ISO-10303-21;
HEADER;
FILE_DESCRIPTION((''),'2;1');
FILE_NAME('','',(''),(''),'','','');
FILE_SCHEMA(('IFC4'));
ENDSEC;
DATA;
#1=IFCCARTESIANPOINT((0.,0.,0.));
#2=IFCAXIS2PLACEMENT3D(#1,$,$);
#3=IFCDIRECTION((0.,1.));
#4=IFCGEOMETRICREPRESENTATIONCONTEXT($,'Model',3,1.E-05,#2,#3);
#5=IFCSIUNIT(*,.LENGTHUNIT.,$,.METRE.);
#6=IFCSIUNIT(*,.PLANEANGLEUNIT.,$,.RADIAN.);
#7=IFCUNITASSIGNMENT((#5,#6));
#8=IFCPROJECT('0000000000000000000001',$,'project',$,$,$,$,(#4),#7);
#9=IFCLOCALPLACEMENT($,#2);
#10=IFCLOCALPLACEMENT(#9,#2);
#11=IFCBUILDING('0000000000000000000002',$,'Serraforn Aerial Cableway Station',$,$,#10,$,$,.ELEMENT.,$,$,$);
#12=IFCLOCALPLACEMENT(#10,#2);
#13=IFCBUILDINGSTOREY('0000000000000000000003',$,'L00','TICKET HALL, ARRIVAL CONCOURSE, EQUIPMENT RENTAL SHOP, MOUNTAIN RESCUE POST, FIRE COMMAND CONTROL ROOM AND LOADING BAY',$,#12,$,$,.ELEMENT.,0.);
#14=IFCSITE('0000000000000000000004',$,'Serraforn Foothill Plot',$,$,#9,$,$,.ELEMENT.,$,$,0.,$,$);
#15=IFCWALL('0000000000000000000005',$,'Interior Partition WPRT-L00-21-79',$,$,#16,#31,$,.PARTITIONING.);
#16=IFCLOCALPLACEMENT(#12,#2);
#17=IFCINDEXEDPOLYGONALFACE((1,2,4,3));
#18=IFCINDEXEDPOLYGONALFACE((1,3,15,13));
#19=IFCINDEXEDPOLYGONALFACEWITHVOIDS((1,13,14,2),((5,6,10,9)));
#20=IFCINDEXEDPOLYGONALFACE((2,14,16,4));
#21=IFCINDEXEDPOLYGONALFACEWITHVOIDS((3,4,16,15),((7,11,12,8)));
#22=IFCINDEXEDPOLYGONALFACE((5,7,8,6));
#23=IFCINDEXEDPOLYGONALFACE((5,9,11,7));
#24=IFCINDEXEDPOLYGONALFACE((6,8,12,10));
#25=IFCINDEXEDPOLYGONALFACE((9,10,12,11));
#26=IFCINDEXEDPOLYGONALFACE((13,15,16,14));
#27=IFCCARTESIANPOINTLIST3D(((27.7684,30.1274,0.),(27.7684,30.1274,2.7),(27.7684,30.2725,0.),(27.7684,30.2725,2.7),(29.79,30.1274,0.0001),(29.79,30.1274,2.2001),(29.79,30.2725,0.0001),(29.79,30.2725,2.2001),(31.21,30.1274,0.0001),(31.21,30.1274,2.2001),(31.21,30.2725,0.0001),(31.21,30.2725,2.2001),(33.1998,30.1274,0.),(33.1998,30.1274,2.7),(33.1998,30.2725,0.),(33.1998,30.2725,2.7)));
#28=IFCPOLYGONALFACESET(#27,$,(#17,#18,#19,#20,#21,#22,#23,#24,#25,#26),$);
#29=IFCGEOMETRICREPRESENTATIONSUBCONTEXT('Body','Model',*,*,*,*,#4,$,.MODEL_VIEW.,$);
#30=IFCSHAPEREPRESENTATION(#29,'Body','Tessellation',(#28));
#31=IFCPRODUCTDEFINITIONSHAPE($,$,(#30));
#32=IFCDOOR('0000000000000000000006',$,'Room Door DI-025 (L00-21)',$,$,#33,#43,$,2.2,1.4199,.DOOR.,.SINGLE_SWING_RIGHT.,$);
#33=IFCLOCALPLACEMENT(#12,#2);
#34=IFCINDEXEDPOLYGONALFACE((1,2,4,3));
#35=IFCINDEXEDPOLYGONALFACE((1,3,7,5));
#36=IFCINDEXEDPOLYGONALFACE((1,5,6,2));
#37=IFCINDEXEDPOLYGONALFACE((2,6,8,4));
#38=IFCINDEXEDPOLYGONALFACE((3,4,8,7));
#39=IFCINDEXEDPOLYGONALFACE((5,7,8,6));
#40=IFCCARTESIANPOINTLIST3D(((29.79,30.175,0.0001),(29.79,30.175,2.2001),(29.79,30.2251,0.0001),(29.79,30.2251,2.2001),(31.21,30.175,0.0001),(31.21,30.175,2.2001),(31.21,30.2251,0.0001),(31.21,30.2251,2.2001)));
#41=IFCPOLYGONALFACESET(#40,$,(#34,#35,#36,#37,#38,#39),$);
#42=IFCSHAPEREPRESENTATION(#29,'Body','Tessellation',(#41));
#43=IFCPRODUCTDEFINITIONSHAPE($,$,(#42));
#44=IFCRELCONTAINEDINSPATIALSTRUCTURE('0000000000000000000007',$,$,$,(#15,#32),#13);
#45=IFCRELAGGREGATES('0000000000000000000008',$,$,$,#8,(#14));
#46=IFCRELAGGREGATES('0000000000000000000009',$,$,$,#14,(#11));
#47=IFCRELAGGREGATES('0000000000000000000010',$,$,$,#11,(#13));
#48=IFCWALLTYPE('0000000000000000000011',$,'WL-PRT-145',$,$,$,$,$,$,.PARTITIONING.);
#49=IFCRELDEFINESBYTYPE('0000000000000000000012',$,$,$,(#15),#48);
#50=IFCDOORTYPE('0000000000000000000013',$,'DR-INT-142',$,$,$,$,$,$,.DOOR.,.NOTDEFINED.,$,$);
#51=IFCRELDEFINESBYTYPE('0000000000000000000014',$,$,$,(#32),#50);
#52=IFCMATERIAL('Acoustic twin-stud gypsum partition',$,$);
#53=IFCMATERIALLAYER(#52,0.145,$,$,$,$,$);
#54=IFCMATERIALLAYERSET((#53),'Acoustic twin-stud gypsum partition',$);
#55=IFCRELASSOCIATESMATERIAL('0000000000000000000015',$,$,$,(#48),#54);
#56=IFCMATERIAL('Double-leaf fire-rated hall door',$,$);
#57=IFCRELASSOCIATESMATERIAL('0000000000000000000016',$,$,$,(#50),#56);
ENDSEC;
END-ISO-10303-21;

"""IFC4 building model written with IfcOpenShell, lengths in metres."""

from ifc_helpers import new_model, si_unit, direction, frame, frame_2d, origin, place, context, subcontext, project, spatial, rectangle, extrude, material, layer, layer_set, type_object, element, fill, save


model = new_model("IFC4")

# Units and contexts
model_context = context("Model", 3, precision=1e-05, world=origin(), true_north=direction((0.0, 1.0)))
body_context = subcontext(model_context, "Body", "Model", "MODEL_VIEW")
ifc_project = project(units=[si_unit("LENGTHUNIT", "METRE"), si_unit("PLANEANGLEUNIT", "RADIAN")], contexts=[model_context])

# Site, building, storey
site_placement = place(None, origin())
site = spatial("IfcSite", under=ifc_project, at=site_placement, Name="Serraforn Foothill Plot", CompositionType="ELEMENT", RefElevation=0.0)
building_placement = place(site_placement, origin())
building = spatial("IfcBuilding", under=site, at=building_placement, Name="Serraforn Aerial Cableway Station", CompositionType="ELEMENT")
storey_placement = place(building_placement, origin())
storey = spatial("IfcBuildingStorey", under=building, at=storey_placement, Name="L00", Description="TICKET HALL, ARRIVAL CONCOURSE, EQUIPMENT RENTAL SHOP, MOUNTAIN RESCUE POST, FIRE COMMAND CONTROL ROOM AND LOADING BAY", CompositionType="ELEMENT", Elevation=0.0)

# Wall, opening, door
ifc_material_1 = material(Name="Acoustic twin-stud gypsum partition")
ifc_layer_1 = layer(ifc_material_1, 0.145)
ifc_layer_set_1 = layer_set([ifc_layer_1], Name="Acoustic twin-stud gypsum partition")
wall_type_1 = type_object("IfcWallType", Name="WL-PRT-145", PredefinedType="PARTITIONING", material=ifc_layer_set_1)
wall_1_placement = place(storey_placement, frame((33.2, 30.2, 0.0), z_axis=(0.0, 0.0, 1.0), x_axis=(-1.0, 0.0, 0.0)))
wall_1 = element("IfcWall", 1, at=wall_1_placement, inside=storey, type_object=wall_type_1, Name="Interior Partition WPRT-L00-21-79", PredefinedType="PARTITIONING", context=body_context, shape_type="SweptSolid", body=[
    extrude(rectangle(XDim=5.4314, YDim=0.145, at=frame_2d((2.7158, 0.0))), origin(), (0.0, 0.0, 1.0), 2.7),
])
opening_1_placement = place(wall_1_placement, frame((1.99, 0.0, 0.0)))
opening_1 = element("IfcOpeningElement", 2, at=opening_1_placement, cuts=wall_1, PredefinedType="OPENING", context=body_context, shape_type="SweptSolid", body=[
    extrude(rectangle(XDim=1.4199, YDim=2.2, at=frame_2d((0.71, 1.1001))), frame((0.0, 0.0825, 0.0), z_axis=(0.0, -1.0, 0.0), x_axis=(1.0, 0.0, 0.0)), (0.0, 0.0, 1.0), 0.165),
])
ifc_material_2 = material(Name="Double-leaf fire-rated hall door")
door_type_1 = type_object("IfcDoorType", Name="DR-INT-142", OperationType="NOTDEFINED", PredefinedType="DOOR", material=ifc_material_2)
door_1_placement = place(opening_1_placement, origin())
door_1 = element("IfcDoor", 3, at=door_1_placement, inside=storey, type_object=door_type_1, Name="Room Door DI-025 (L00-21)", OperationType="SINGLE_SWING_RIGHT", OverallHeight=2.2, OverallWidth=1.4199, PredefinedType="DOOR", context=body_context, shape_type="SweptSolid", body=[
    extrude(rectangle(XDim=1.4199, YDim=2.2, at=frame_2d((0.71, 1.1001))), frame((0.0, 0.0249, 0.0), z_axis=(0.0, -1.0, 0.0), x_axis=(1.0, 0.0, 0.0)), (0.0, 0.0, 1.0), 0.05),
])
fill(opening_1, door_1)

save(model, "model.ifc")
